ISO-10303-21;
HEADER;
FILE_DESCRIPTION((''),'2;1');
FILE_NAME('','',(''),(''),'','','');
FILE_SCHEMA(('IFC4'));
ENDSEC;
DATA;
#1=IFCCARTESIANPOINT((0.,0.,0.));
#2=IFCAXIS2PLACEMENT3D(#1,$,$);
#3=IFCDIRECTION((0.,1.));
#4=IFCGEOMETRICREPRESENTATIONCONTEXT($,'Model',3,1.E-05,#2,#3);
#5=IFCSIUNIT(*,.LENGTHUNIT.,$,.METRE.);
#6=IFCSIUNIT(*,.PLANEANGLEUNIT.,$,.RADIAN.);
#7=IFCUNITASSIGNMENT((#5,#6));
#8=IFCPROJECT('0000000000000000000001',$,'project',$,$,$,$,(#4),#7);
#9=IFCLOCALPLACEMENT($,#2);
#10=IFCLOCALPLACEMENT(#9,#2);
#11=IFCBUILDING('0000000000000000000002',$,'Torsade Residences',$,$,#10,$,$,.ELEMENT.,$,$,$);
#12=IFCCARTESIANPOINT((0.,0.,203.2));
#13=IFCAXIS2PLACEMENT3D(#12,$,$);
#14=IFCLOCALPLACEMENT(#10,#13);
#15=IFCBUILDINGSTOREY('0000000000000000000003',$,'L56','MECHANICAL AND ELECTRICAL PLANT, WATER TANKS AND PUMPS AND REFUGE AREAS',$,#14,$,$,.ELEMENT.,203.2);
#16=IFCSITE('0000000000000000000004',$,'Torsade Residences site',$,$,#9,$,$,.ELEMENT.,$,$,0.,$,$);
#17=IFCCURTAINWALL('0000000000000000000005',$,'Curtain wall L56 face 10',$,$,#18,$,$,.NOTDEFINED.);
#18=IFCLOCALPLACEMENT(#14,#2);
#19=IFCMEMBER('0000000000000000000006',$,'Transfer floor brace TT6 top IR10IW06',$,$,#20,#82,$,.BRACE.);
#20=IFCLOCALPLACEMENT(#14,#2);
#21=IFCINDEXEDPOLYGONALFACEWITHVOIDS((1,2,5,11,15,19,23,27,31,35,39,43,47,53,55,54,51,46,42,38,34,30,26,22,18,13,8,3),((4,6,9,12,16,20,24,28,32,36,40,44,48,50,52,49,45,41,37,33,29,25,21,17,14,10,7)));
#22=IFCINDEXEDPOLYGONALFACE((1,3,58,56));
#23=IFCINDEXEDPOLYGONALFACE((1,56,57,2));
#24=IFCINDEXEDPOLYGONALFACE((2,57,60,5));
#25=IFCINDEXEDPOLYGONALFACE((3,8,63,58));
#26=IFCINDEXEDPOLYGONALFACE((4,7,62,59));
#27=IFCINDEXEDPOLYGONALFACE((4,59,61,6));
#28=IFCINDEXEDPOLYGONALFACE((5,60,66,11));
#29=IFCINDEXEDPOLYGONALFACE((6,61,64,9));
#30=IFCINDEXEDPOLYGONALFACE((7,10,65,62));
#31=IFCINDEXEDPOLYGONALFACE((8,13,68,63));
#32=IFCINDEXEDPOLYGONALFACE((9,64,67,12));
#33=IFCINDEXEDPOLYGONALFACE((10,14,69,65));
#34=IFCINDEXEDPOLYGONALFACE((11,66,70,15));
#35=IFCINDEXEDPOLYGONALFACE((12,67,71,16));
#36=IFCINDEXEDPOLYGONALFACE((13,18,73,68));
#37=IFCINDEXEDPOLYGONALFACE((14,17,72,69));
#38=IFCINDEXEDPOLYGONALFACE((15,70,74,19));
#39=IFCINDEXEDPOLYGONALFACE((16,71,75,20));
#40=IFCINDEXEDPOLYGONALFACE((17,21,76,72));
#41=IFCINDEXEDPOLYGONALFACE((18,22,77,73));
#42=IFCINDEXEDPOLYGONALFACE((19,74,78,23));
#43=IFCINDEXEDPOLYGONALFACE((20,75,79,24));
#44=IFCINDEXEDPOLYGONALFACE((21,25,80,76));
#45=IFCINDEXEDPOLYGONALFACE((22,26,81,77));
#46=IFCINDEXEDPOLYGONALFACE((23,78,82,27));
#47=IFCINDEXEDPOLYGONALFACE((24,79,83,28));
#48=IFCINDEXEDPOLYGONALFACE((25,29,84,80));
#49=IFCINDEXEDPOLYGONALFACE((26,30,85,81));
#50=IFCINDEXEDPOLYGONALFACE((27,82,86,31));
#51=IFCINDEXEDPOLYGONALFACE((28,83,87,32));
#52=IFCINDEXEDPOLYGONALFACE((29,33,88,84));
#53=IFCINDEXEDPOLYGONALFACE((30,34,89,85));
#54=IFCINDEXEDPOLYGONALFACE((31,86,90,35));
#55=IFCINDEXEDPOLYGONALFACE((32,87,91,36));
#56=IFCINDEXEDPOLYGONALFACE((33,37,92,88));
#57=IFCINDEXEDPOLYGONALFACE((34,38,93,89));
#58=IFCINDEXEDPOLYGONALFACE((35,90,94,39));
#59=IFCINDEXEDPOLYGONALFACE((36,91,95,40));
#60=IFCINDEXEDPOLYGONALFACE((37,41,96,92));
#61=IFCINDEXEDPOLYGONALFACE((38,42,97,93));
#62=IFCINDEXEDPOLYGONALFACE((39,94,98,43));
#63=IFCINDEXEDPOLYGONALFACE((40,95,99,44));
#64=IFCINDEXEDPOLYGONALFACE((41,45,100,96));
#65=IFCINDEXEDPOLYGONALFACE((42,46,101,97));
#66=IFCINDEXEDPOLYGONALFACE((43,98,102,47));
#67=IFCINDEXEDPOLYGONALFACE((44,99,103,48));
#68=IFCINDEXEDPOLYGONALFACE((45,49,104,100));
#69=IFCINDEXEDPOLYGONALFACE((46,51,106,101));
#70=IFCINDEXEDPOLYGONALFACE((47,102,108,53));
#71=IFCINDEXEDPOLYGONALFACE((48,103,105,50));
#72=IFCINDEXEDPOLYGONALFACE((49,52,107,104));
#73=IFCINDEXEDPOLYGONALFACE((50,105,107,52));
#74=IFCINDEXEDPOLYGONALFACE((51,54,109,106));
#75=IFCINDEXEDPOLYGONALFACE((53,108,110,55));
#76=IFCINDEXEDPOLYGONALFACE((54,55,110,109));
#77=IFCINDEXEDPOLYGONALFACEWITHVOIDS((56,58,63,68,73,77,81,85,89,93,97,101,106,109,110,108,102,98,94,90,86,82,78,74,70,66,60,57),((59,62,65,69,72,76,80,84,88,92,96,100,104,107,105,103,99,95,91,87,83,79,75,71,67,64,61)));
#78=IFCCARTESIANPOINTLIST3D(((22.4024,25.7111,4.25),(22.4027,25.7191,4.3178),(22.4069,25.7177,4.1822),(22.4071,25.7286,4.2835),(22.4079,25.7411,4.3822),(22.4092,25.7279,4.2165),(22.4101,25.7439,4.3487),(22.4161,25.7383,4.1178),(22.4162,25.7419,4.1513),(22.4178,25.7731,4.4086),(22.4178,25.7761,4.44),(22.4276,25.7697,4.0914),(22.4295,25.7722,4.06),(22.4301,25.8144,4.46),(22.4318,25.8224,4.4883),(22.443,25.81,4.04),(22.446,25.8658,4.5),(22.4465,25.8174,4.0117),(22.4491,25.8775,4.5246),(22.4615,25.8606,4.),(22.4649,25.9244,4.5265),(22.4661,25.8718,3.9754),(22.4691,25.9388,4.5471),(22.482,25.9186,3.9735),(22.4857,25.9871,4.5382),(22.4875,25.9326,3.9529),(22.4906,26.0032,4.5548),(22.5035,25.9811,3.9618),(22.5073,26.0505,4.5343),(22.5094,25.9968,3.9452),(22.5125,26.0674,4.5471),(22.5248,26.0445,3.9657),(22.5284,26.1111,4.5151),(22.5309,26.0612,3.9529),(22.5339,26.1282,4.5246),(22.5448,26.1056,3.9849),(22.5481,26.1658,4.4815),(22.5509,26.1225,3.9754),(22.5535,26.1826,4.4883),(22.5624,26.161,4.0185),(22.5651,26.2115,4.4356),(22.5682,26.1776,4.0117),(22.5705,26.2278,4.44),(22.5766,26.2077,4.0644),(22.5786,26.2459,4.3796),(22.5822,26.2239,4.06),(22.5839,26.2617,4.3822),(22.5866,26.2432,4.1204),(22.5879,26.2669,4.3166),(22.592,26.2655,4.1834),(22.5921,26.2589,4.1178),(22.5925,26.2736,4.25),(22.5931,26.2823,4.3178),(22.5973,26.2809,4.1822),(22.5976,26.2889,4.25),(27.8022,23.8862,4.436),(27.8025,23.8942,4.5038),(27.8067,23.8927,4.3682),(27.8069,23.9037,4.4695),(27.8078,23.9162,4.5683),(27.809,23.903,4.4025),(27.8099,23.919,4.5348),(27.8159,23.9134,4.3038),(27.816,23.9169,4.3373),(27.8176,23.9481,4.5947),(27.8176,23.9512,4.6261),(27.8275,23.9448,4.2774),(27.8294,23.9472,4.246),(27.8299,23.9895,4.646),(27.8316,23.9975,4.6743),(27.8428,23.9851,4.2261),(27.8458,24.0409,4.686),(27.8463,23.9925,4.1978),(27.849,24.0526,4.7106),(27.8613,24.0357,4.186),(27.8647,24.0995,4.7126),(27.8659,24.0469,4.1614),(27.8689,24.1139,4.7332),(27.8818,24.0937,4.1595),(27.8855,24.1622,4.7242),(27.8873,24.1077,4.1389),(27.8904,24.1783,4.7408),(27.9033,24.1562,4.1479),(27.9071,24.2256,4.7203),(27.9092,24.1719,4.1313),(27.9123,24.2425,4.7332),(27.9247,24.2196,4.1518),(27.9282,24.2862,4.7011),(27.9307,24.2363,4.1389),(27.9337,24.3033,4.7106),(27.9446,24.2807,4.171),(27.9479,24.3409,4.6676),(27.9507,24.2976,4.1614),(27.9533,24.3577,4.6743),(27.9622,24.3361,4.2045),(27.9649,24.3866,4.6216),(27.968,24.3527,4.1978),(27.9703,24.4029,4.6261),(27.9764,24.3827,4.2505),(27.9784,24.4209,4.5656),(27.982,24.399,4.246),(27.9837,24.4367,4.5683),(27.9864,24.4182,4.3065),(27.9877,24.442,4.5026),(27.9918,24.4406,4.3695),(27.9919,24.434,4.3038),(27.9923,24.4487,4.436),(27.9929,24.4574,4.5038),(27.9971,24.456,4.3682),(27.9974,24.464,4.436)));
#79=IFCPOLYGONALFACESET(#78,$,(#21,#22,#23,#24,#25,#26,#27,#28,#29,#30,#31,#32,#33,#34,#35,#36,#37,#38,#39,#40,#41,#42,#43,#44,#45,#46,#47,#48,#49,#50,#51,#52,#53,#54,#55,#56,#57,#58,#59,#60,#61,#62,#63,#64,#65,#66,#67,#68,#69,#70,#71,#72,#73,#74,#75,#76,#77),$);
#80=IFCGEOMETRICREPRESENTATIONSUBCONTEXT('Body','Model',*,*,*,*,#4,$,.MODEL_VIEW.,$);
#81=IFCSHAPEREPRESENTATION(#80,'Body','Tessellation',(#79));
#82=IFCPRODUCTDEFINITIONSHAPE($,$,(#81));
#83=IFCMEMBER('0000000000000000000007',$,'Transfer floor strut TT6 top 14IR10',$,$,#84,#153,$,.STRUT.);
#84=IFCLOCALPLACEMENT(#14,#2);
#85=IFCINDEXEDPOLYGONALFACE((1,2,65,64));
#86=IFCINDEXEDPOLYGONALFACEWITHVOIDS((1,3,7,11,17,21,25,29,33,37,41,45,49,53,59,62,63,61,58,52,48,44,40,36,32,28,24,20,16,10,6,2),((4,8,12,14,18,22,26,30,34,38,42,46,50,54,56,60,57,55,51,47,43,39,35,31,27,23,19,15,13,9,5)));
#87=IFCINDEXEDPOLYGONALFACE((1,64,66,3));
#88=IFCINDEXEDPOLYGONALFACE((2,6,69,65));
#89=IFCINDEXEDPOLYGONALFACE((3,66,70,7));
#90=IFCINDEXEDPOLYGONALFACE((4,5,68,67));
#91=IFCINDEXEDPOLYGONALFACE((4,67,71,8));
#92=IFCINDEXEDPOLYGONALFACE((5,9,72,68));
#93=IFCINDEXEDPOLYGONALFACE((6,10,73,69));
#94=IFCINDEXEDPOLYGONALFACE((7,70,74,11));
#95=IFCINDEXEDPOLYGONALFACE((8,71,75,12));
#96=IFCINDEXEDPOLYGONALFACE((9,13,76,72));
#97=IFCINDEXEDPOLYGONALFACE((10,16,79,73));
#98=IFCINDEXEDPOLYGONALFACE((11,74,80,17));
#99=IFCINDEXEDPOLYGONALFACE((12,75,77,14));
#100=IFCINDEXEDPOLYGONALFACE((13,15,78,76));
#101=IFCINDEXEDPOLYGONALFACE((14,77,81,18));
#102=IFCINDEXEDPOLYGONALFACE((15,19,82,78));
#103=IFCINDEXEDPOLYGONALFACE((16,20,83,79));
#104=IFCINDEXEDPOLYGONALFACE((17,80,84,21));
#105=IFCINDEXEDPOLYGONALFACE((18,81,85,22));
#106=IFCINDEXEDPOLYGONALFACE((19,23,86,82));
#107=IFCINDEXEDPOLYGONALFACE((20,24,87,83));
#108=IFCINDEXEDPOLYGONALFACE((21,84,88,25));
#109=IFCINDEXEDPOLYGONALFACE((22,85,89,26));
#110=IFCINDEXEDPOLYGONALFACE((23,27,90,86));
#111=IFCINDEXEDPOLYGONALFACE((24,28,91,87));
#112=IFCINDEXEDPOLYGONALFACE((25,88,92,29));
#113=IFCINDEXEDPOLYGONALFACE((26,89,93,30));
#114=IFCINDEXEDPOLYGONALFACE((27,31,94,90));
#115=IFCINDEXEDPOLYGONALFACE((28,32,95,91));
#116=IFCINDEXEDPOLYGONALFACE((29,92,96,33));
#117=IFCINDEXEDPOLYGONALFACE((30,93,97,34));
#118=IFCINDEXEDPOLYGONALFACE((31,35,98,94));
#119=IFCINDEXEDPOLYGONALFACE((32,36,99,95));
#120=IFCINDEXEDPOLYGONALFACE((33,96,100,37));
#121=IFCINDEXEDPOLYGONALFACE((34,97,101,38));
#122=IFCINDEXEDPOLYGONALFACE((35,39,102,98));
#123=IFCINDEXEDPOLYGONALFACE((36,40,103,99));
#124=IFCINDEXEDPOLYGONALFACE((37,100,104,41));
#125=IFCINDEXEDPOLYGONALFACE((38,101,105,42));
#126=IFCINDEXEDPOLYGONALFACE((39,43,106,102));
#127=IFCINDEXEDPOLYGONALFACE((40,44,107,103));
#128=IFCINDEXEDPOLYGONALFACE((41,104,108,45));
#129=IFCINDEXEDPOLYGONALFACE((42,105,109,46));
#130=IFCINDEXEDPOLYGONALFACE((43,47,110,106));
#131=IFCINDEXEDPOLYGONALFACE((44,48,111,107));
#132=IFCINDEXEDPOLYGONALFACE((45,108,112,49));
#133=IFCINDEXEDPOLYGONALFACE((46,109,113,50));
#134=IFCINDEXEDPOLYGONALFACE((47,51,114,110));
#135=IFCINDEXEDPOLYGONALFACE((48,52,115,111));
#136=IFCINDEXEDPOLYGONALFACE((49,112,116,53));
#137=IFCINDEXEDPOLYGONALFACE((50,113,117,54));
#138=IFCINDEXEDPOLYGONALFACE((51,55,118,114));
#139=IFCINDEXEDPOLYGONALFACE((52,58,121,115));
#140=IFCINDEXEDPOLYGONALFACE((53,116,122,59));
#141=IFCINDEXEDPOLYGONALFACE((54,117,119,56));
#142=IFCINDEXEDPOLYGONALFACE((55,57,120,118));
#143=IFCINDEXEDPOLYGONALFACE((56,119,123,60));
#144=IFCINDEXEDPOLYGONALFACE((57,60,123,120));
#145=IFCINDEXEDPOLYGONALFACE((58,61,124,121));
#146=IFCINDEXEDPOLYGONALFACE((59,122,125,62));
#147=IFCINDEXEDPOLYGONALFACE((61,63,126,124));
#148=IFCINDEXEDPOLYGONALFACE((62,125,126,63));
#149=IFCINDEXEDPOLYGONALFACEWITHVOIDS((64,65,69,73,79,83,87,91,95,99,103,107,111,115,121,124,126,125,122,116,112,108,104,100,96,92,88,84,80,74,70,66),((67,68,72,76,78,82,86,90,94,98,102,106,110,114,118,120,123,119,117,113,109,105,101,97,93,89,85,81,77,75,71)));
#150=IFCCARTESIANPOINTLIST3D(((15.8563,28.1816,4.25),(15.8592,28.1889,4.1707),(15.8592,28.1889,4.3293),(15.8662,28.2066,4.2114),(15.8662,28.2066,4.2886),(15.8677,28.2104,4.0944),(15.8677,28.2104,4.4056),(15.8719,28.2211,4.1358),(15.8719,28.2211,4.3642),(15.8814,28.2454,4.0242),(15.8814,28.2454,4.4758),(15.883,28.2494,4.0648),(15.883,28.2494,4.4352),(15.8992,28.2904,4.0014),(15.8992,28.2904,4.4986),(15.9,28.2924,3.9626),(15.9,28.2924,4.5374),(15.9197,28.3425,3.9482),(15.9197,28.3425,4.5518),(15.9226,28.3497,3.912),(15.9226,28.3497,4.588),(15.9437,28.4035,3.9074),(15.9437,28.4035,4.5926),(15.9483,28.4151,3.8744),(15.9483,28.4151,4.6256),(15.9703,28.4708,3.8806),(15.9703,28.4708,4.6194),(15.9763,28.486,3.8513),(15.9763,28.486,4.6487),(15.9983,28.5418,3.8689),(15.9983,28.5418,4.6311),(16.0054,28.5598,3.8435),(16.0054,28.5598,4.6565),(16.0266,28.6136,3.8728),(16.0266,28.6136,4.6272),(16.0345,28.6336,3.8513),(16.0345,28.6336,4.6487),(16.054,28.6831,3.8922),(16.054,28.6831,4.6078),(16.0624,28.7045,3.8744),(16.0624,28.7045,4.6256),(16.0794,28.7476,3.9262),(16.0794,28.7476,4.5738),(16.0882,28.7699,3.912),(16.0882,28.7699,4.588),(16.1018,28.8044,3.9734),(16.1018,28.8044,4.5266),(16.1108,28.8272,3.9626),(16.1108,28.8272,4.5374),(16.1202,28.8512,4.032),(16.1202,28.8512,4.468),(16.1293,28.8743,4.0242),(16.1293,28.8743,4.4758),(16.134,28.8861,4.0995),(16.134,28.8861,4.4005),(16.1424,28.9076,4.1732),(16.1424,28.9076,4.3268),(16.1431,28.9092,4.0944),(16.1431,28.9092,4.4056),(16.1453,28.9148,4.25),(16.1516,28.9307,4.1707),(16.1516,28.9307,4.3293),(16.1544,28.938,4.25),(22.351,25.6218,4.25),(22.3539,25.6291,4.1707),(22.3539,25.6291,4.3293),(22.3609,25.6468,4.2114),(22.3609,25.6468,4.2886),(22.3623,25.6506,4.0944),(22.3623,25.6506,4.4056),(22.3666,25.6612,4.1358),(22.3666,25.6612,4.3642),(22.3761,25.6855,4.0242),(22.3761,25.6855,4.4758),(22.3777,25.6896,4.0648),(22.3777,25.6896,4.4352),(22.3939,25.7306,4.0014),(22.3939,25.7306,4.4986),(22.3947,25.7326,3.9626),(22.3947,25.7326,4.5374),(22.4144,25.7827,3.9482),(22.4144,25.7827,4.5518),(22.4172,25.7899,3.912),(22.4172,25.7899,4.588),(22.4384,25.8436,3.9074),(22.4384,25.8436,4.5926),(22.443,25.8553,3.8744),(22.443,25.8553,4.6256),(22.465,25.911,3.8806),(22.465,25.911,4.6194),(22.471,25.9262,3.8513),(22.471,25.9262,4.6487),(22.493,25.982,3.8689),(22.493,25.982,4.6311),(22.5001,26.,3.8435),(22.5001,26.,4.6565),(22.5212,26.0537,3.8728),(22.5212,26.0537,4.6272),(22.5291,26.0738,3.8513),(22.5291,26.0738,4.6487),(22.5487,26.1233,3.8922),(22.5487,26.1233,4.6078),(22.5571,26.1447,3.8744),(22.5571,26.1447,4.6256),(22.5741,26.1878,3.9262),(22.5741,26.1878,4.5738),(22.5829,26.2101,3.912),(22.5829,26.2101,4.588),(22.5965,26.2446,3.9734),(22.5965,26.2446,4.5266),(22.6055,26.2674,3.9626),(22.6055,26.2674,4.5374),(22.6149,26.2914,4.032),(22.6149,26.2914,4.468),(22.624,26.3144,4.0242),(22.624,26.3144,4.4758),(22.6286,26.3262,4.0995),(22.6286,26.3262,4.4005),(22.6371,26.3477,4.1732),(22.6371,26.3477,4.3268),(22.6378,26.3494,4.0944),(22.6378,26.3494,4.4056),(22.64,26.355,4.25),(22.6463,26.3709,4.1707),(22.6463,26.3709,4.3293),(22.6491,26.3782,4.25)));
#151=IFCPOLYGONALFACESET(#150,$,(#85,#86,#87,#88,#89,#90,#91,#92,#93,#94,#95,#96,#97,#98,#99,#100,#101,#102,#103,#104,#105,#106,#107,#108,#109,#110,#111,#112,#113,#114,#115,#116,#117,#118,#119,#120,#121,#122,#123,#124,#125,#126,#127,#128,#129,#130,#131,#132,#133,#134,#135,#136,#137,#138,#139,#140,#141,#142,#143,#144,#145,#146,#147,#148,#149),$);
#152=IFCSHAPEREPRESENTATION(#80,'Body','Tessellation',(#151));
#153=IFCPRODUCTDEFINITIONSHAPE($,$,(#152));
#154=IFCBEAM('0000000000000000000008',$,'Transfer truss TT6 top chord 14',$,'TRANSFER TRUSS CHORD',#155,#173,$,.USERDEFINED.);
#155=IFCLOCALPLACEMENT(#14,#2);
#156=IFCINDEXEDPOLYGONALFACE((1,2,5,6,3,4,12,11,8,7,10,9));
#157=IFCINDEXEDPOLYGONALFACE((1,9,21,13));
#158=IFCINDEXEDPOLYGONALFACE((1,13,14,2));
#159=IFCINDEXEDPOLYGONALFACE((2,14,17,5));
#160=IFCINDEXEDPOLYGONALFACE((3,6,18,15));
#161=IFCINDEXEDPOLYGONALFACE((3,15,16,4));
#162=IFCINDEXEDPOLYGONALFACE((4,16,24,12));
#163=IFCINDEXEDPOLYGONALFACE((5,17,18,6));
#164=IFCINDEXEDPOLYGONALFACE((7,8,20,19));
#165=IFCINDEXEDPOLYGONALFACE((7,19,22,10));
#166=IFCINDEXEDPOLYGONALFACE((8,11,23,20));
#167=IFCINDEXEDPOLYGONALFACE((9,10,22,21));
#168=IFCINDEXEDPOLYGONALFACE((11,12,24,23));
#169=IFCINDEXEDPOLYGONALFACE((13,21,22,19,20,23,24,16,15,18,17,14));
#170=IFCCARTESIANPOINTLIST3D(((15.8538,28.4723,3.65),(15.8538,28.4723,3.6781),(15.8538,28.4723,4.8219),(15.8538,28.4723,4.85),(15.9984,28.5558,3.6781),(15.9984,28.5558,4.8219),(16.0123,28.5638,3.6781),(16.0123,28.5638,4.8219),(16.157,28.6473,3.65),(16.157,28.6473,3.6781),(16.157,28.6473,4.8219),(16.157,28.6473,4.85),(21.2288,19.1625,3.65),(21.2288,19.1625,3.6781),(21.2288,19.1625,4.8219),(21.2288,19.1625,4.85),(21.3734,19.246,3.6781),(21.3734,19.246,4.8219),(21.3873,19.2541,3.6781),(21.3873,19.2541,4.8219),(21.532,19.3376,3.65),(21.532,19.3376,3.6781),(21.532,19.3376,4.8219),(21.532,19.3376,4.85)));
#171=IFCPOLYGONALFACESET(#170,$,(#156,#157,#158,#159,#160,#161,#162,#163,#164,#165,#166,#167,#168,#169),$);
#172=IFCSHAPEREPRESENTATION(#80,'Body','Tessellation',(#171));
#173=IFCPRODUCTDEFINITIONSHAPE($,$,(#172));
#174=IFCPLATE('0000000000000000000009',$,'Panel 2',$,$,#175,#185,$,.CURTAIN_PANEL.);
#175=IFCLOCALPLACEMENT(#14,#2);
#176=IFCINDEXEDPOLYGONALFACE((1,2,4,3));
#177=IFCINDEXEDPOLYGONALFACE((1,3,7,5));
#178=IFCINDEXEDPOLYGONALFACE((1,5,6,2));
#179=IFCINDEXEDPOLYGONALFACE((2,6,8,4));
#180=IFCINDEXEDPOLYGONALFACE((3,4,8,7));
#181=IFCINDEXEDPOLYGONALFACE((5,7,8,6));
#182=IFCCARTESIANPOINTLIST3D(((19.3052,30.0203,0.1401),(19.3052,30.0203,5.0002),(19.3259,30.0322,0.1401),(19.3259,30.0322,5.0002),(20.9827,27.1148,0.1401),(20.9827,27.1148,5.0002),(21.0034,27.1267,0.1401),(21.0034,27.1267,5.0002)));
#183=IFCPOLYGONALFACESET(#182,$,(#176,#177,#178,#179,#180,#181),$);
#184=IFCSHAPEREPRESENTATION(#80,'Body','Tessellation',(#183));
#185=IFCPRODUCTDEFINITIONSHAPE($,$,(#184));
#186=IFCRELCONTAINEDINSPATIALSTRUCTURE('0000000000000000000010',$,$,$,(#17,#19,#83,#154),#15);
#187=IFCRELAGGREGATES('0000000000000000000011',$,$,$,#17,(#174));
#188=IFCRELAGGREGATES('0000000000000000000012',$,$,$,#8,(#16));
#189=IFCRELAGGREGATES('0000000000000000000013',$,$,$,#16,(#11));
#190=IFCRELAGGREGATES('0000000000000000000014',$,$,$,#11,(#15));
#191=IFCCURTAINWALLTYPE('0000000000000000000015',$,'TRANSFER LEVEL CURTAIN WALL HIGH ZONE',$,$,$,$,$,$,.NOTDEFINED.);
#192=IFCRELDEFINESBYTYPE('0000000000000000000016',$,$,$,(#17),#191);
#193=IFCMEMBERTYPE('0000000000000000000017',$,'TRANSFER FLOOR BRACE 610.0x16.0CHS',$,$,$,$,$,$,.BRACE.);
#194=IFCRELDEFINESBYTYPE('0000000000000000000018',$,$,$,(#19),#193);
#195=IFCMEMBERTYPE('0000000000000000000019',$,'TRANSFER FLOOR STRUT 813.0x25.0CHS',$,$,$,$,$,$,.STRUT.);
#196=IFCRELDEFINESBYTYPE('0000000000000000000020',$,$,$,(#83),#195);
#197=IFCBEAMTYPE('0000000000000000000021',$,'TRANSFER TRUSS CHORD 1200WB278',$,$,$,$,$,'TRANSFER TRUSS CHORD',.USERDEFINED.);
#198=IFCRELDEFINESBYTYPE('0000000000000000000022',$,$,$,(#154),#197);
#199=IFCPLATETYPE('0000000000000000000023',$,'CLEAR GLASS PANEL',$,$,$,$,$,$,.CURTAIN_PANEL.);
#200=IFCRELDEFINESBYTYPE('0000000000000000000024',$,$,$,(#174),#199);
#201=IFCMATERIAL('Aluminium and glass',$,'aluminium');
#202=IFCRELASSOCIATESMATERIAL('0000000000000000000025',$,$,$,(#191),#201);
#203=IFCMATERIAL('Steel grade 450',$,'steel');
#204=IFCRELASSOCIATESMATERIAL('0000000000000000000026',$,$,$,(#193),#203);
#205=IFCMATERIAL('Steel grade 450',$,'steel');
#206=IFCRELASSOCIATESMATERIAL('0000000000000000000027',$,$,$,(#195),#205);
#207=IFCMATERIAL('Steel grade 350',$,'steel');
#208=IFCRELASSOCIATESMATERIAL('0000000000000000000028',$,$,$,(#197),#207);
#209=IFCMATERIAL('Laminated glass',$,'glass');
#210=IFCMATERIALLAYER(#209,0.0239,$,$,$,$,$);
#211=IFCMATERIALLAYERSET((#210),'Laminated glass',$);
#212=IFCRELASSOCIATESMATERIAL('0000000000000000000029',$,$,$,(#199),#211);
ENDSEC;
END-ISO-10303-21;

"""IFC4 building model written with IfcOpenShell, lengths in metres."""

from ifc_helpers import new_model, si_unit, direction, frame, origin, origin_2d, place, context, subcontext, project, spatial, rectangle, hollow_circle, i_section, extrude, material, layer, layer_set, material_profile, profile_set, type_object, element, aggregate, save


model = new_model("IFC4")

# Units and contexts
model_context = context("Model", 3, precision=1e-05, world=origin(), true_north=direction((0.0, 1.0)))
body_context = subcontext(model_context, "Body", "Model", "MODEL_VIEW")
ifc_project = project(units=[si_unit("LENGTHUNIT", "METRE"), si_unit("PLANEANGLEUNIT", "RADIAN")], contexts=[model_context])

# Site, building, storey
site_placement = place(None, origin())
site = spatial("IfcSite", under=ifc_project, at=site_placement, Name="Torsade Residences site", CompositionType="ELEMENT", RefElevation=0.0)
building_placement = place(site_placement, origin())
building = spatial("IfcBuilding", under=site, at=building_placement, Name="Torsade Residences", CompositionType="ELEMENT")
storey_placement = place(building_placement, frame((0.0, 0.0, 203.2)))
storey = spatial("IfcBuildingStorey", under=building, at=storey_placement, Name="L56", Description="MECHANICAL AND ELECTRICAL PLANT, WATER TANKS AND PUMPS AND REFUGE AREAS", CompositionType="ELEMENT", Elevation=203.2)

# Curtain wall
ifc_material_1 = material(Name="Aluminium and glass", Category="aluminium")
curtain_wall_type = type_object("IfcCurtainWallType", Name="TRANSFER LEVEL CURTAIN WALL HIGH ZONE", PredefinedType="NOTDEFINED", material=ifc_material_1)
curtain_wall_placement = place(storey_placement, origin())
curtain_wall = element("IfcCurtainWall", 1, at=curtain_wall_placement, inside=storey, type_object=curtain_wall_type, Name="Curtain wall L56 face 10", PredefinedType="NOTDEFINED")

# Members
ifc_material_2 = material(Name="Steel grade 450", Category="steel")
ifc_material_profile_1 = material_profile(ifc_material_2, hollow_circle(Radius=0.3049, WallThickness=0.0161, at=origin_2d()), Name="610.0x16.0CHS")
ifc_profile_set_1 = profile_set([ifc_material_profile_1], Name="Steel grade 450")
member_type_1 = type_object("IfcMemberType", Name="TRANSFER FLOOR BRACE 610.0x16.0CHS", PredefinedType="BRACE", material=ifc_profile_set_1)
member_1_placement = place(storey_placement, frame((22.5, 26.0, 4.25), z_axis=(0.946856, -0.319999, 0.032621), x_axis=(0.32017, 0.94736, 0.0)))
element("IfcMember", 2, at=member_1_placement, inside=storey, type_object=member_type_1, Name="Transfer floor brace TT6 top IR10IW06", PredefinedType="BRACE", context=body_context, shape_type="SweptSolid", body=[
    extrude(hollow_circle(Radius=0.3049, WallThickness=0.0161, at=origin_2d()), origin(), (0.0, 0.0, 1.0), 5.7029),
])
ifc_material_3 = material(Name="Steel grade 450", Category="steel")
ifc_material_profile_2 = material_profile(ifc_material_3, hollow_circle(Radius=0.4065, WallThickness=0.0249, at=origin_2d()), Name="813.0x25.0CHS")
ifc_profile_set_2 = profile_set([ifc_material_profile_2], Name="Steel grade 450")
member_type_2 = type_object("IfcMemberType", Name="TRANSFER FLOOR STRUT 813.0x25.0CHS", PredefinedType="STRUT", material=ifc_profile_set_2)
member_2_placement = place(storey_placement, frame((16.0054, 28.5598, 4.25), z_axis=(0.930344, -0.366689, 0.0), x_axis=(0.366689, 0.930344, 0.0)))
element("IfcMember", 3, at=member_2_placement, inside=storey, type_object=member_type_2, Name="Transfer floor strut TT6 top 14IR10", PredefinedType="STRUT", context=body_context, shape_type="SweptSolid", body=[
    extrude(hollow_circle(Radius=0.4065, WallThickness=0.0249, at=origin_2d()), origin(), (0.0, 0.0, 1.0), 6.981),
])

# Beam
ifc_material_4 = material(Name="Steel grade 350", Category="steel")
ifc_material_profile_3 = material_profile(ifc_material_4, i_section(OverallWidth=0.3501, OverallDepth=1.2, WebThickness=0.0161, FlangeThickness=0.0281, at=origin_2d()), Name="1200WB278")
ifc_profile_set_3 = profile_set([ifc_material_profile_3], Name="Steel grade 350")
beam_type_1 = type_object("IfcBeamType", Name="TRANSFER TRUSS CHORD 1200WB278", ElementType="TRANSFER TRUSS CHORD", PredefinedType="USERDEFINED", material=ifc_profile_set_3)
beam_1_placement = place(storey_placement, frame((16.0054, 28.5598, 4.25), z_axis=(0.499998, -0.866026, 0.0), x_axis=(0.866026, 0.499998, 0.0)))
element("IfcBeam", 4, at=beam_1_placement, inside=storey, type_object=beam_type_1, Name="Transfer truss TT6 top chord 14", ObjectType="TRANSFER TRUSS CHORD", PredefinedType="USERDEFINED", context=body_context, shape_type="SweptSolid", body=[
    extrude(i_section(OverallWidth=0.3501, OverallDepth=1.2, WebThickness=0.0161, FlangeThickness=0.0281, at=origin_2d()), origin(), (0.0, 0.0, 1.0), 10.75),
])

# Plate
ifc_material_5 = material(Name="Laminated glass", Category="glass")
ifc_layer_1 = layer(ifc_material_5, 0.0239)
ifc_layer_set_1 = layer_set([ifc_layer_1], Name="Laminated glass")
plate_type = type_object("IfcPlateType", Name="CLEAR GLASS PANEL", PredefinedType="CURTAIN_PANEL", material=ifc_layer_set_1)
plate_1_placement = place(storey_placement, frame((20.1543, 28.5735, 0.1401), z_axis=(0.0, 0.0, 1.0), x_axis=(0.5, -0.866025, 0.0)))
plate_1 = element("IfcPlate", 5, at=plate_1_placement, type_object=plate_type, Name="Panel 2", PredefinedType="CURTAIN_PANEL", context=body_context, shape_type="SweptSolid", body=[
    extrude(rectangle(XDim=3.355, YDim=0.0239, at=origin_2d()), origin(), (0.0, 0.0, 1.0), 4.8601),
])
aggregate(curtain_wall, [plate_1])

save(model, "model.ifc")
